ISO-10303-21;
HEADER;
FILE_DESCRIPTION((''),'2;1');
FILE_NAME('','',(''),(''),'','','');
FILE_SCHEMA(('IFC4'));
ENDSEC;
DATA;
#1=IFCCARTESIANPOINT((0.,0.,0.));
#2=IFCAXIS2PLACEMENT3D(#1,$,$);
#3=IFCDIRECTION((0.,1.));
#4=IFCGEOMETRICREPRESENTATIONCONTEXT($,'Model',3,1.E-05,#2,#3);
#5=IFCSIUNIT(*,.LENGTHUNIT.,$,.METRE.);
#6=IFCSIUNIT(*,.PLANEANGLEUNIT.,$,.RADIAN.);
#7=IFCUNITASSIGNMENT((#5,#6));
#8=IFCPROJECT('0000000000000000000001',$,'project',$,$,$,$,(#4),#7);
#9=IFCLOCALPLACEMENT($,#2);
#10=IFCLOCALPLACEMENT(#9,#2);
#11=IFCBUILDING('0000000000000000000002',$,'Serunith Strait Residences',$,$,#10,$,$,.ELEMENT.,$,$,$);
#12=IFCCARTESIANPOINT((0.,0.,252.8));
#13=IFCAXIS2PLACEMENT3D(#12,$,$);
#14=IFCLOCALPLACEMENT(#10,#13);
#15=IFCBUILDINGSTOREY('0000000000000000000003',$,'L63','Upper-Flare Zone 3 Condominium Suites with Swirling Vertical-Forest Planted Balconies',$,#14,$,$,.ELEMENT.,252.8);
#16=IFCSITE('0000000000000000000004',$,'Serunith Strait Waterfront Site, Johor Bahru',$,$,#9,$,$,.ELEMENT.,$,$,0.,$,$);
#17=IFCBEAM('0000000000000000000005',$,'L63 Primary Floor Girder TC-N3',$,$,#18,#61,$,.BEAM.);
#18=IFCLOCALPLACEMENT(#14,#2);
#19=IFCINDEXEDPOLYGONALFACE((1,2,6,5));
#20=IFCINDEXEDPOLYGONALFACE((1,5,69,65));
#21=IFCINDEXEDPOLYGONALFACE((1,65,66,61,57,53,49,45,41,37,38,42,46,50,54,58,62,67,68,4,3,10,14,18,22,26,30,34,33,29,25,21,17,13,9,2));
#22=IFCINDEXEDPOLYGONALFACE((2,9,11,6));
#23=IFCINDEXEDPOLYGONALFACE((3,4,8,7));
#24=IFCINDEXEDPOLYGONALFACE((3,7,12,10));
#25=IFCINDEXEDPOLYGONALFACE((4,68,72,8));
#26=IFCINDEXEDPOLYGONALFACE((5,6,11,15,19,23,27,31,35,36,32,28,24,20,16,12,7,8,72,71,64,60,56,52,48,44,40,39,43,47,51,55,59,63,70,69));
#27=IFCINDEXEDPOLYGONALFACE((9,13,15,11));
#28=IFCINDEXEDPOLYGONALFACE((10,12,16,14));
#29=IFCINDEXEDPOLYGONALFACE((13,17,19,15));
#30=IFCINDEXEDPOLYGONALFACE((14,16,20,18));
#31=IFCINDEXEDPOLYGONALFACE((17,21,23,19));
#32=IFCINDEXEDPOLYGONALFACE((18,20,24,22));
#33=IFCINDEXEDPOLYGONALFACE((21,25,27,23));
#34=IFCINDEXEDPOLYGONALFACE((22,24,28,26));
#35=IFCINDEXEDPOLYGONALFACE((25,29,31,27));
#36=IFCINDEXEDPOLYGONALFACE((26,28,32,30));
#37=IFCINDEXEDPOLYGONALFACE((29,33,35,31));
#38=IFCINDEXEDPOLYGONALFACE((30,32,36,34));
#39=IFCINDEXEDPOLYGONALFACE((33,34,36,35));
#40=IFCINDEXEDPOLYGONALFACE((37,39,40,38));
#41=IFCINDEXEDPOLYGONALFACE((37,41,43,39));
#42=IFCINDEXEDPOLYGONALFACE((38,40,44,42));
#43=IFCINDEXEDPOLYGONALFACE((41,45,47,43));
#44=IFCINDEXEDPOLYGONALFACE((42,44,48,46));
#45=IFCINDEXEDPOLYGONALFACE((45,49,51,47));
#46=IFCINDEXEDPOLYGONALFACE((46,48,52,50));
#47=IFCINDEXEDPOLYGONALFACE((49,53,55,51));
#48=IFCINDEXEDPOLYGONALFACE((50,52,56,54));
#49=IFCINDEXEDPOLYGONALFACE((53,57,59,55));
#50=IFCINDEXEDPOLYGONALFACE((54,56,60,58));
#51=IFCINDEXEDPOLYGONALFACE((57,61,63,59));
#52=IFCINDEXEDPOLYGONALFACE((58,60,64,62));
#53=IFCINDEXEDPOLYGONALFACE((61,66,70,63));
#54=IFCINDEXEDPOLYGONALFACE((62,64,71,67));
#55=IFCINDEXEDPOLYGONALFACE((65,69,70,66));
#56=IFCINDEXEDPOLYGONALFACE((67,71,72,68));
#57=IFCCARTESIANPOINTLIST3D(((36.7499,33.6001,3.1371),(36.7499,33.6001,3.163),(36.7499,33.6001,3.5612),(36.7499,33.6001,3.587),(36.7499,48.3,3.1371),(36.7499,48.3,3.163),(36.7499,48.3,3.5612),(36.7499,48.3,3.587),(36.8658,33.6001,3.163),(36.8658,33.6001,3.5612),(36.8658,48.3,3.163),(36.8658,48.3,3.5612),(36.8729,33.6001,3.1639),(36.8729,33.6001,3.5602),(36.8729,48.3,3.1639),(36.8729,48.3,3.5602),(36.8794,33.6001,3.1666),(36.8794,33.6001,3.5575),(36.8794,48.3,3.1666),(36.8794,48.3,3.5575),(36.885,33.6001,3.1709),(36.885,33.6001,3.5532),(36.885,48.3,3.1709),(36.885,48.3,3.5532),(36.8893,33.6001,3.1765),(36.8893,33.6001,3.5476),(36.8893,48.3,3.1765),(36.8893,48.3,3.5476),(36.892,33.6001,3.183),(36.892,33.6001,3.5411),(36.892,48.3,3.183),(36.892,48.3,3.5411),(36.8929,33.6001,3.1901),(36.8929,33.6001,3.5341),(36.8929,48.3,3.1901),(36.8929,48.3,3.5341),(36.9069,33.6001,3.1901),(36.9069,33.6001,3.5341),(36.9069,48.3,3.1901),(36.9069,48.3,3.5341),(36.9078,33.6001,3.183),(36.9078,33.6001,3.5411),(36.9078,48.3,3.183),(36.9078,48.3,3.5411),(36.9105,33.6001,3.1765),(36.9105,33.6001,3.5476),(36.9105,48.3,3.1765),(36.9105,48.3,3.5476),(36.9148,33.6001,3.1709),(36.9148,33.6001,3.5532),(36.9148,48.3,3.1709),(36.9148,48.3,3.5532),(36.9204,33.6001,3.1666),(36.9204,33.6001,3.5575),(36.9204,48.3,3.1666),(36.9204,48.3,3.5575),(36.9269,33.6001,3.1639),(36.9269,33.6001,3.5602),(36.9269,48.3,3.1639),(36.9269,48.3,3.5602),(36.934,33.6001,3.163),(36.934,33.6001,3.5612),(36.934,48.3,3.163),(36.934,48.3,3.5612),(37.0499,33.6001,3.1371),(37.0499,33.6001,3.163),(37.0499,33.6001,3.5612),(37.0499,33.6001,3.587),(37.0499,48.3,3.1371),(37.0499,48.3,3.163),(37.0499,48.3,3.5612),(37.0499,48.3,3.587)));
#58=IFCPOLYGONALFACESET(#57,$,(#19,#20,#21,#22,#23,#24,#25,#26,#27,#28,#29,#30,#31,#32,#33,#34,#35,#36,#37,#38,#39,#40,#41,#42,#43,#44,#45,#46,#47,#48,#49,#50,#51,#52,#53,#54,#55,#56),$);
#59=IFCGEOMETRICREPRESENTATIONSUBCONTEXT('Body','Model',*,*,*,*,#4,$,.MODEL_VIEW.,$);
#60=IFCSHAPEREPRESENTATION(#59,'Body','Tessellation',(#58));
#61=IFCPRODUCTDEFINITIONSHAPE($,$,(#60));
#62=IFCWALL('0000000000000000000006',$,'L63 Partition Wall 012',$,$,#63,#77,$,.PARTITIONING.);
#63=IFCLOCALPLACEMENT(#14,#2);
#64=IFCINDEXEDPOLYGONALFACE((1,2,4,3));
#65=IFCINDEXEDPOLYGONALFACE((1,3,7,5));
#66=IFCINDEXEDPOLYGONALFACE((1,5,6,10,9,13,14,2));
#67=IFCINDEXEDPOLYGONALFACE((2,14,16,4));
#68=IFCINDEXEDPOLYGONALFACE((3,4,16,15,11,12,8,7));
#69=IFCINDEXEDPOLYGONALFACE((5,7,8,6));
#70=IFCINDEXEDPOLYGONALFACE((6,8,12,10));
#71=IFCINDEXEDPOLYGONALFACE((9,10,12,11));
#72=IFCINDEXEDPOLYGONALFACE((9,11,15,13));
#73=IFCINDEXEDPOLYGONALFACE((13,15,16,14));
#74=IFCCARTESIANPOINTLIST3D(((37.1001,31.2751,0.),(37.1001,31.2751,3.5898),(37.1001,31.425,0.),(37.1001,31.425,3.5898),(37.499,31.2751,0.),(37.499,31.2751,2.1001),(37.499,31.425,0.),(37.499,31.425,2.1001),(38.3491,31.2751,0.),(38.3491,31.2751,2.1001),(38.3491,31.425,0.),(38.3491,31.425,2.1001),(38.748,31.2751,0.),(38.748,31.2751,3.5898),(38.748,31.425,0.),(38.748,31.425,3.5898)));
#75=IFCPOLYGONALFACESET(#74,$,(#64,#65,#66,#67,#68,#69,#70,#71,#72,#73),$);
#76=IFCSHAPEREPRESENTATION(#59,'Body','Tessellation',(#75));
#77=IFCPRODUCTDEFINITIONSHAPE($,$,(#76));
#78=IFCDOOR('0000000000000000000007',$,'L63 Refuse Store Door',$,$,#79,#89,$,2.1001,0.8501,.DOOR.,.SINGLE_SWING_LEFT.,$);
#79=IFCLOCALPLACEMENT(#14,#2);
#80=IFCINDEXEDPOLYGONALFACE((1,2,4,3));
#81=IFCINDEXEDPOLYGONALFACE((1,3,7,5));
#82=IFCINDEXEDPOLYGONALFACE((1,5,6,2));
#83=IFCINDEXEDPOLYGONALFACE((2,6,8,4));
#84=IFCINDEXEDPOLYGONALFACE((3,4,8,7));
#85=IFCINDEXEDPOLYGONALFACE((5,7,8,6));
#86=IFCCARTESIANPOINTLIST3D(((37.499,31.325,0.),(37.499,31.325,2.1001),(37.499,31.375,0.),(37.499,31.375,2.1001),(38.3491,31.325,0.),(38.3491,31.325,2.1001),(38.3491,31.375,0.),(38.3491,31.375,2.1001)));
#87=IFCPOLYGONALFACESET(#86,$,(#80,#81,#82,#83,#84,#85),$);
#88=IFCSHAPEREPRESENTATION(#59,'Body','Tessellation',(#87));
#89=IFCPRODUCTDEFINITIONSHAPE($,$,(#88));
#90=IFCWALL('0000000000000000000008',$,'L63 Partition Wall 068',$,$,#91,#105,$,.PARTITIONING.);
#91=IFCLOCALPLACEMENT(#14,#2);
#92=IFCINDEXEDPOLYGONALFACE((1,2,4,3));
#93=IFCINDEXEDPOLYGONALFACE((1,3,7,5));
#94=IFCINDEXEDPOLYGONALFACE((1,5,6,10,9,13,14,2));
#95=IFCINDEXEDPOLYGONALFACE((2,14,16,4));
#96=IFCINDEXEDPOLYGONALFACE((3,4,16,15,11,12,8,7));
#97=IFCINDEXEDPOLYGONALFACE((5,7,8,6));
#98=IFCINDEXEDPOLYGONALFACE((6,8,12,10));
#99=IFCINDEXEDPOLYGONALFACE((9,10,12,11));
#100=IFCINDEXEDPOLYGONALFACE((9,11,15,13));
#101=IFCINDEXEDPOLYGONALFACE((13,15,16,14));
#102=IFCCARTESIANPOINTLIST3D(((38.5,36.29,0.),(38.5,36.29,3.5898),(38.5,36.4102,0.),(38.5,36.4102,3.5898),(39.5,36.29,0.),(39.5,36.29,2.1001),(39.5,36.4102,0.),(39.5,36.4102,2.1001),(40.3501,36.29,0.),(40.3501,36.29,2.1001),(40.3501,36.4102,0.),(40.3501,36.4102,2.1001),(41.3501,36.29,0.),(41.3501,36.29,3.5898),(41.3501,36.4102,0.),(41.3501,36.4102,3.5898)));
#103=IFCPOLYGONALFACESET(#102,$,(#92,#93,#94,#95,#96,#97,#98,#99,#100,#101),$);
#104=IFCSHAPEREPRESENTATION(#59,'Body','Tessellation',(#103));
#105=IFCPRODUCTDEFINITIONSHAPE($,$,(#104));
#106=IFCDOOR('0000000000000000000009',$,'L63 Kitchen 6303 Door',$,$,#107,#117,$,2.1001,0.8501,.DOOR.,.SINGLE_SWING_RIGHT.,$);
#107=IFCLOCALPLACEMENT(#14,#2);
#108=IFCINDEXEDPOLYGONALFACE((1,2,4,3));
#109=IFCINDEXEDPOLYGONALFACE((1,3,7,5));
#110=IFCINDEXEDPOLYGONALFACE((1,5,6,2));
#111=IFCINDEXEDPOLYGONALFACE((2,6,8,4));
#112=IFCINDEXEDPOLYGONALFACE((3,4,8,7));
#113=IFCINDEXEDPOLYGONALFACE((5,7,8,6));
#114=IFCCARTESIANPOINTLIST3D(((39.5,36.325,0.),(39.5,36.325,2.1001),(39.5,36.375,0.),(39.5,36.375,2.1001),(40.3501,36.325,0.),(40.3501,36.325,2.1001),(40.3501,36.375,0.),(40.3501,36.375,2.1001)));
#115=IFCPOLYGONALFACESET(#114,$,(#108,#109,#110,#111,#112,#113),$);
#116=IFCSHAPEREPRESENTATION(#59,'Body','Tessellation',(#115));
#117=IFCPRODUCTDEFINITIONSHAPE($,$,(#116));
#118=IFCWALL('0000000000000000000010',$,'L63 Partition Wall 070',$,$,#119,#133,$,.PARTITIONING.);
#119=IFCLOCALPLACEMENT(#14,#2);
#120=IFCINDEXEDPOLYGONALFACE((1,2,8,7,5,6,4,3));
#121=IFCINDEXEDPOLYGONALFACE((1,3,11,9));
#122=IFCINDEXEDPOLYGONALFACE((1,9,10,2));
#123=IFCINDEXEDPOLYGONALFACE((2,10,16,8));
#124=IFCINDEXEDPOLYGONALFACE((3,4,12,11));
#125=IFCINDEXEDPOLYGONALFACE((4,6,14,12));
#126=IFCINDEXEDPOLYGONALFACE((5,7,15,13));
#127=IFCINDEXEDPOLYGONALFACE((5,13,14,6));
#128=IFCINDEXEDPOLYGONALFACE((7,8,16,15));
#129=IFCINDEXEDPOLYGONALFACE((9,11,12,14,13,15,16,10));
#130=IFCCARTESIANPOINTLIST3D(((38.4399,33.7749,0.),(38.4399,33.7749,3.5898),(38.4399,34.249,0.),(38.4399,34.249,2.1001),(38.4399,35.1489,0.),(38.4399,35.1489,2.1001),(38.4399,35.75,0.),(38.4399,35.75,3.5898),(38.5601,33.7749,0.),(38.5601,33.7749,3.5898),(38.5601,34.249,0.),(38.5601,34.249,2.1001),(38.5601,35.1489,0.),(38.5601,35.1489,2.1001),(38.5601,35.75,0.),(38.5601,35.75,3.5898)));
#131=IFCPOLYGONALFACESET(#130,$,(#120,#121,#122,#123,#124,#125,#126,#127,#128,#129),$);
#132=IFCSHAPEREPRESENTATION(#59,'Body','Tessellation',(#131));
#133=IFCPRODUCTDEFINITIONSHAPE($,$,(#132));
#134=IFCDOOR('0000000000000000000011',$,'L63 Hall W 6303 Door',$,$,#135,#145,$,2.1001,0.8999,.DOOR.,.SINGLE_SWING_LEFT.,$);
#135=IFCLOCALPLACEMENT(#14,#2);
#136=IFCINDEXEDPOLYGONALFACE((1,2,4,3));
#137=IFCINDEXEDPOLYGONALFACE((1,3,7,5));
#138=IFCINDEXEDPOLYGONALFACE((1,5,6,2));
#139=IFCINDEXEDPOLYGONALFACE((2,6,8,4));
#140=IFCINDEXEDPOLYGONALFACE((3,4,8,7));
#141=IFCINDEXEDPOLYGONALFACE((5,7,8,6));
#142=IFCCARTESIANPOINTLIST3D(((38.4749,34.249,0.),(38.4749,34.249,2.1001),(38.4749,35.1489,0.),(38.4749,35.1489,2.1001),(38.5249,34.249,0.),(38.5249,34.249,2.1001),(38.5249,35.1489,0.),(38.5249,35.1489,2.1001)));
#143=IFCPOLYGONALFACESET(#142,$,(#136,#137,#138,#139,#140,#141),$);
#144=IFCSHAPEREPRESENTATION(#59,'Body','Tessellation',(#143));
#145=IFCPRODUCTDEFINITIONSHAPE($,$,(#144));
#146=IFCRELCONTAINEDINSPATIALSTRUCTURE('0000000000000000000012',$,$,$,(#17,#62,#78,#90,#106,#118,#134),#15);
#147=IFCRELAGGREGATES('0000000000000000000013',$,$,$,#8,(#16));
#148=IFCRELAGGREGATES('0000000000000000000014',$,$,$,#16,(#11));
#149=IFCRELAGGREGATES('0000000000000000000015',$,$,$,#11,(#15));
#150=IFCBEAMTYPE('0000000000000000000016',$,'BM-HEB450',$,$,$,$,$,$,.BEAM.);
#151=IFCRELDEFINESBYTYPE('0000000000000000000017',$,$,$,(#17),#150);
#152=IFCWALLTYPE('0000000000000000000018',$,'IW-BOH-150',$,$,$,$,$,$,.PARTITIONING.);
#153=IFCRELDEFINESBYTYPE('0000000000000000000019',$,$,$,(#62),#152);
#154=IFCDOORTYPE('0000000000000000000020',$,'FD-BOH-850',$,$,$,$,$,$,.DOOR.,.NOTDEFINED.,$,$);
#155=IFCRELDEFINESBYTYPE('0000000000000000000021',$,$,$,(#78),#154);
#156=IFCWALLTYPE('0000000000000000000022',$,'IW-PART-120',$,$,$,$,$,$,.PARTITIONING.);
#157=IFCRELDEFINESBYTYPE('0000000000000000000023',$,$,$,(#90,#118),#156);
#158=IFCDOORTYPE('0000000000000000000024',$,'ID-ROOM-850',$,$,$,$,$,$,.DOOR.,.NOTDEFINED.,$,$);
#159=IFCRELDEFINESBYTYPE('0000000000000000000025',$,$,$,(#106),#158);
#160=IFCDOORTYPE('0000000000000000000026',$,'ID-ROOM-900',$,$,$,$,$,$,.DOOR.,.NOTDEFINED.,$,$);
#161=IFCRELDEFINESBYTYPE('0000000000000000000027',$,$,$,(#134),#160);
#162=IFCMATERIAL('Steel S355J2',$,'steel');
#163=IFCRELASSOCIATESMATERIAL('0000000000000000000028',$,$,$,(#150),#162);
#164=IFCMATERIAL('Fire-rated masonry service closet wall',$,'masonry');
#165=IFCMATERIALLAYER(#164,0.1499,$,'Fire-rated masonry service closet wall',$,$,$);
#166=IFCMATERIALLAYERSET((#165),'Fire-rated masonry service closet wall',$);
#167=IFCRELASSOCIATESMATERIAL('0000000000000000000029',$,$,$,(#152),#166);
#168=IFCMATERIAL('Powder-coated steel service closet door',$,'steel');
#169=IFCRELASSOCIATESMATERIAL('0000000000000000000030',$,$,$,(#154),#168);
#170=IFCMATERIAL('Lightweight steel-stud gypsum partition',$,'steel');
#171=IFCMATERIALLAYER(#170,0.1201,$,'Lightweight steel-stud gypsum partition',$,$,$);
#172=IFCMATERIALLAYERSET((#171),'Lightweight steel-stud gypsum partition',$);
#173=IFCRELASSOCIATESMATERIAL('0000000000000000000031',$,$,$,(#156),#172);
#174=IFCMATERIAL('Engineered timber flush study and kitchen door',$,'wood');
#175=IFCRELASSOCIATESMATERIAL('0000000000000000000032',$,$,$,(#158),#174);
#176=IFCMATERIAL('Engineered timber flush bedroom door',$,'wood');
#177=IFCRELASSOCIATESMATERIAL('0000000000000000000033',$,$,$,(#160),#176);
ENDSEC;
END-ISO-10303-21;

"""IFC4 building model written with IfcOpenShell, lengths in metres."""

from ifc_helpers import new_model, si_unit, direction, frame, frame_2d, origin, origin_2d, place, context, subcontext, project, spatial, rectangle, i_section, extrude, source, transform, mapped, material, layer, layer_set, material_profile, profile_set, type_object, element, fill, save


model = new_model("IFC4")

# Units and contexts
model_context = context("Model", 3, precision=1e-05, world=origin(), true_north=direction((0.0, 1.0)))
body_context = subcontext(model_context, "Body", "Model", "MODEL_VIEW")
ifc_project = project(units=[si_unit("LENGTHUNIT", "METRE"), si_unit("PLANEANGLEUNIT", "RADIAN")], contexts=[model_context])

# Site, building, storey
site_placement = place(None, origin())
site = spatial("IfcSite", under=ifc_project, at=site_placement, Name="Serunith Strait Waterfront Site, Johor Bahru", CompositionType="ELEMENT", RefElevation=0.0)
building_placement = place(site_placement, origin())
building = spatial("IfcBuilding", under=site, at=building_placement, Name="Serunith Strait Residences", CompositionType="ELEMENT")
storey_placement = place(building_placement, frame((0.0, 0.0, 252.8)))
storey = spatial("IfcBuildingStorey", under=building, at=storey_placement, Name="L63", Description="Upper-Flare Zone 3 Condominium Suites with Swirling Vertical-Forest Planted Balconies", CompositionType="ELEMENT", Elevation=252.8)

# Beam
ifc_material_1 = material(Name="Steel S355J2", Category="steel")
ifc_material_profile = material_profile(ifc_material_1, i_section(OverallWidth=0.3, OverallDepth=0.45, WebThickness=0.0139, FlangeThickness=0.0259, FilletRadius=0.0271, at=origin_2d()), Name="HEB 450")
ifc_profile_set = profile_set([ifc_material_profile], Name="Steel S355J2")
beam_type = type_object("IfcBeamType", Name="BM-HEB450", PredefinedType="BEAM", material=ifc_profile_set)
shared_shape_1 = source(origin(), body_context, "Body", "SweptSolid", [
    extrude(i_section(OverallWidth=0.3, OverallDepth=0.45, WebThickness=0.0139, FlangeThickness=0.0259, FilletRadius=0.0271, at=origin_2d()), origin(), (0.0, 0.0, 1.0), 14.7),
])
beam_placement = place(storey_placement, frame((36.8999, 33.6001, 3.3621), z_axis=(0.0, 1.0, 0.0), x_axis=(-1.0, 0.0, 0.0)))
element("IfcBeam", 1, at=beam_placement, inside=storey, type_object=beam_type, Name="L63 Primary Floor Girder TC-N3", PredefinedType="BEAM", context=body_context, shape_type="MappedRepresentation", body=[
    mapped(shared_shape_1, transform((0.0, 0.0, 0.0), scale=1.0)),
])

# Walls, openings, doors
ifc_material_2 = material(Name="Fire-rated masonry service closet wall", Category="masonry")
ifc_layer_1 = layer(ifc_material_2, 0.1499, Name="Fire-rated masonry service closet wall")
ifc_layer_set_1 = layer_set([ifc_layer_1], Name="Fire-rated masonry service closet wall")
wall_type_1 = type_object("IfcWallType", Name="IW-BOH-150", PredefinedType="PARTITIONING", material=ifc_layer_set_1)
wall_1_placement = place(storey_placement, frame((37.1001, 31.3501, 0.0), z_axis=(0.0, 0.0, 1.0), x_axis=(1.0, 0.0, 0.0)))
wall_1 = element("IfcWall", 2, at=wall_1_placement, inside=storey, type_object=wall_type_1, Name="L63 Partition Wall 012", PredefinedType="PARTITIONING", context=body_context, shape_type="SweptSolid", body=[
    extrude(rectangle(XDim=1.6479, YDim=0.1499, at=frame_2d((0.824, 0.0))), origin(), (0.0, 0.0, 1.0), 3.5898),
])
opening_1_placement = place(wall_1_placement, frame((0.3989, 0.0, 0.0)))
opening_1 = element("IfcOpeningElement", 3, at=opening_1_placement, cuts=wall_1, PredefinedType="OPENING", context=body_context, shape_type="SweptSolid", body=[
    extrude(rectangle(XDim=0.8501, YDim=2.1001, at=frame_2d((0.425, 1.05))), frame((0.0, 0.085, 0.0), z_axis=(0.0, -1.0, 0.0), x_axis=(1.0, 0.0, 0.0)), (0.0, 0.0, 1.0), 0.1699),
])
ifc_material_3 = material(Name="Powder-coated steel service closet door", Category="steel")
door_type_1 = type_object("IfcDoorType", Name="FD-BOH-850", OperationType="NOTDEFINED", PredefinedType="DOOR", material=ifc_material_3)
shared_shape_2 = source(origin(), body_context, "Body", "SweptSolid", [
    extrude(rectangle(XDim=0.8501, YDim=2.1001, at=frame_2d((0.425, 1.05))), frame((0.0, 0.0249, 0.0), z_axis=(0.0, -1.0, 0.0), x_axis=(1.0, 0.0, 0.0)), (0.0, 0.0, 1.0), 0.05),
])
door_1_placement = place(opening_1_placement, origin())
door_1 = element("IfcDoor", 4, at=door_1_placement, inside=storey, type_object=door_type_1, Name="L63 Refuse Store Door", OperationType="SINGLE_SWING_LEFT", OverallHeight=2.1001, OverallWidth=0.8501, PredefinedType="DOOR", context=body_context, shape_type="MappedRepresentation", body=[
    mapped(shared_shape_2, transform((0.0, 0.0, 0.0), scale=1.0)),
])
fill(opening_1, door_1)
ifc_material_4 = material(Name="Lightweight steel-stud gypsum partition", Category="steel")
ifc_layer_2 = layer(ifc_material_4, 0.1201, Name="Lightweight steel-stud gypsum partition")
ifc_layer_set_2 = layer_set([ifc_layer_2], Name="Lightweight steel-stud gypsum partition")
wall_type_2 = type_object("IfcWallType", Name="IW-PART-120", PredefinedType="PARTITIONING", material=ifc_layer_set_2)
wall_2_placement = place(storey_placement, frame((38.5, 36.3501, 0.0), z_axis=(0.0, 0.0, 1.0), x_axis=(1.0, 0.0, 0.0)))
wall_2 = element("IfcWall", 5, at=wall_2_placement, inside=storey, type_object=wall_type_2, Name="L63 Partition Wall 068", PredefinedType="PARTITIONING", context=body_context, shape_type="SweptSolid", body=[
    extrude(rectangle(XDim=2.8501, YDim=0.1201, at=frame_2d((1.425, 0.0))), origin(), (0.0, 0.0, 1.0), 3.5898),
])
opening_2_placement = place(wall_2_placement, frame((1.0, 0.0, 0.0)))
opening_2 = element("IfcOpeningElement", 6, at=opening_2_placement, cuts=wall_2, PredefinedType="OPENING", context=body_context, shape_type="SweptSolid", body=[
    extrude(rectangle(XDim=0.8501, YDim=2.1001, at=frame_2d((0.425, 1.05))), frame((0.0, 0.0701, 0.0), z_axis=(0.0, -1.0, 0.0), x_axis=(1.0, 0.0, 0.0)), (0.0, 0.0, 1.0), 0.1401),
])
ifc_material_5 = material(Name="Engineered timber flush study and kitchen door", Category="wood")
door_type_2 = type_object("IfcDoorType", Name="ID-ROOM-850", OperationType="NOTDEFINED", PredefinedType="DOOR", material=ifc_material_5)
door_2_placement = place(opening_2_placement, origin())
door_2 = element("IfcDoor", 7, at=door_2_placement, inside=storey, type_object=door_type_2, Name="L63 Kitchen 6303 Door", OperationType="SINGLE_SWING_RIGHT", OverallHeight=2.1001, OverallWidth=0.8501, PredefinedType="DOOR", context=body_context, shape_type="MappedRepresentation", body=[
    mapped(shared_shape_2, transform((0.0, 0.0, 0.0), scale=1.0)),
])
fill(opening_2, door_2)
wall_3_placement = place(storey_placement, frame((38.5, 35.75, 0.0), z_axis=(0.0, 0.0, 1.0), x_axis=(0.0, -1.0, 0.0)))
wall_3 = element("IfcWall", 8, at=wall_3_placement, inside=storey, type_object=wall_type_2, Name="L63 Partition Wall 070", PredefinedType="PARTITIONING", context=body_context, shape_type="SweptSolid", body=[
    extrude(rectangle(XDim=1.9751, YDim=0.1201, at=frame_2d((0.9875, 0.0))), origin(), (0.0, 0.0, 1.0), 3.5898),
])
opening_3_placement = place(wall_3_placement, frame((0.6011, 0.0, 0.0)))
opening_3 = element("IfcOpeningElement", 9, at=opening_3_placement, cuts=wall_3, PredefinedType="OPENING", context=body_context, shape_type="SweptSolid", body=[
    extrude(rectangle(XDim=0.8999, YDim=2.1001, at=frame_2d((0.45, 1.05))), frame((0.0, 0.0701, 0.0), z_axis=(0.0, -1.0, 0.0), x_axis=(1.0, 0.0, 0.0)), (0.0, 0.0, 1.0), 0.1401),
])
ifc_material_6 = material(Name="Engineered timber flush bedroom door", Category="wood")
door_type_3 = type_object("IfcDoorType", Name="ID-ROOM-900", OperationType="NOTDEFINED", PredefinedType="DOOR", material=ifc_material_6)
shared_shape_3 = source(origin(), body_context, "Body", "SweptSolid", [
    extrude(rectangle(XDim=0.8999, YDim=2.1001, at=frame_2d((0.45, 1.05))), frame((0.0, 0.0249, 0.0), z_axis=(0.0, -1.0, 0.0), x_axis=(1.0, 0.0, 0.0)), (0.0, 0.0, 1.0), 0.05),
])
door_3_placement = place(opening_3_placement, origin())
door_3 = element("IfcDoor", 10, at=door_3_placement, inside=storey, type_object=door_type_3, Name="L63 Hall W 6303 Door", OperationType="SINGLE_SWING_LEFT", OverallHeight=2.1001, OverallWidth=0.8999, PredefinedType="DOOR", context=body_context, shape_type="MappedRepresentation", body=[
    mapped(shared_shape_3, transform((0.0, 0.0, 0.0), scale=1.0)),
])
fill(opening_3, door_3)

save(model, "model.ifc")
